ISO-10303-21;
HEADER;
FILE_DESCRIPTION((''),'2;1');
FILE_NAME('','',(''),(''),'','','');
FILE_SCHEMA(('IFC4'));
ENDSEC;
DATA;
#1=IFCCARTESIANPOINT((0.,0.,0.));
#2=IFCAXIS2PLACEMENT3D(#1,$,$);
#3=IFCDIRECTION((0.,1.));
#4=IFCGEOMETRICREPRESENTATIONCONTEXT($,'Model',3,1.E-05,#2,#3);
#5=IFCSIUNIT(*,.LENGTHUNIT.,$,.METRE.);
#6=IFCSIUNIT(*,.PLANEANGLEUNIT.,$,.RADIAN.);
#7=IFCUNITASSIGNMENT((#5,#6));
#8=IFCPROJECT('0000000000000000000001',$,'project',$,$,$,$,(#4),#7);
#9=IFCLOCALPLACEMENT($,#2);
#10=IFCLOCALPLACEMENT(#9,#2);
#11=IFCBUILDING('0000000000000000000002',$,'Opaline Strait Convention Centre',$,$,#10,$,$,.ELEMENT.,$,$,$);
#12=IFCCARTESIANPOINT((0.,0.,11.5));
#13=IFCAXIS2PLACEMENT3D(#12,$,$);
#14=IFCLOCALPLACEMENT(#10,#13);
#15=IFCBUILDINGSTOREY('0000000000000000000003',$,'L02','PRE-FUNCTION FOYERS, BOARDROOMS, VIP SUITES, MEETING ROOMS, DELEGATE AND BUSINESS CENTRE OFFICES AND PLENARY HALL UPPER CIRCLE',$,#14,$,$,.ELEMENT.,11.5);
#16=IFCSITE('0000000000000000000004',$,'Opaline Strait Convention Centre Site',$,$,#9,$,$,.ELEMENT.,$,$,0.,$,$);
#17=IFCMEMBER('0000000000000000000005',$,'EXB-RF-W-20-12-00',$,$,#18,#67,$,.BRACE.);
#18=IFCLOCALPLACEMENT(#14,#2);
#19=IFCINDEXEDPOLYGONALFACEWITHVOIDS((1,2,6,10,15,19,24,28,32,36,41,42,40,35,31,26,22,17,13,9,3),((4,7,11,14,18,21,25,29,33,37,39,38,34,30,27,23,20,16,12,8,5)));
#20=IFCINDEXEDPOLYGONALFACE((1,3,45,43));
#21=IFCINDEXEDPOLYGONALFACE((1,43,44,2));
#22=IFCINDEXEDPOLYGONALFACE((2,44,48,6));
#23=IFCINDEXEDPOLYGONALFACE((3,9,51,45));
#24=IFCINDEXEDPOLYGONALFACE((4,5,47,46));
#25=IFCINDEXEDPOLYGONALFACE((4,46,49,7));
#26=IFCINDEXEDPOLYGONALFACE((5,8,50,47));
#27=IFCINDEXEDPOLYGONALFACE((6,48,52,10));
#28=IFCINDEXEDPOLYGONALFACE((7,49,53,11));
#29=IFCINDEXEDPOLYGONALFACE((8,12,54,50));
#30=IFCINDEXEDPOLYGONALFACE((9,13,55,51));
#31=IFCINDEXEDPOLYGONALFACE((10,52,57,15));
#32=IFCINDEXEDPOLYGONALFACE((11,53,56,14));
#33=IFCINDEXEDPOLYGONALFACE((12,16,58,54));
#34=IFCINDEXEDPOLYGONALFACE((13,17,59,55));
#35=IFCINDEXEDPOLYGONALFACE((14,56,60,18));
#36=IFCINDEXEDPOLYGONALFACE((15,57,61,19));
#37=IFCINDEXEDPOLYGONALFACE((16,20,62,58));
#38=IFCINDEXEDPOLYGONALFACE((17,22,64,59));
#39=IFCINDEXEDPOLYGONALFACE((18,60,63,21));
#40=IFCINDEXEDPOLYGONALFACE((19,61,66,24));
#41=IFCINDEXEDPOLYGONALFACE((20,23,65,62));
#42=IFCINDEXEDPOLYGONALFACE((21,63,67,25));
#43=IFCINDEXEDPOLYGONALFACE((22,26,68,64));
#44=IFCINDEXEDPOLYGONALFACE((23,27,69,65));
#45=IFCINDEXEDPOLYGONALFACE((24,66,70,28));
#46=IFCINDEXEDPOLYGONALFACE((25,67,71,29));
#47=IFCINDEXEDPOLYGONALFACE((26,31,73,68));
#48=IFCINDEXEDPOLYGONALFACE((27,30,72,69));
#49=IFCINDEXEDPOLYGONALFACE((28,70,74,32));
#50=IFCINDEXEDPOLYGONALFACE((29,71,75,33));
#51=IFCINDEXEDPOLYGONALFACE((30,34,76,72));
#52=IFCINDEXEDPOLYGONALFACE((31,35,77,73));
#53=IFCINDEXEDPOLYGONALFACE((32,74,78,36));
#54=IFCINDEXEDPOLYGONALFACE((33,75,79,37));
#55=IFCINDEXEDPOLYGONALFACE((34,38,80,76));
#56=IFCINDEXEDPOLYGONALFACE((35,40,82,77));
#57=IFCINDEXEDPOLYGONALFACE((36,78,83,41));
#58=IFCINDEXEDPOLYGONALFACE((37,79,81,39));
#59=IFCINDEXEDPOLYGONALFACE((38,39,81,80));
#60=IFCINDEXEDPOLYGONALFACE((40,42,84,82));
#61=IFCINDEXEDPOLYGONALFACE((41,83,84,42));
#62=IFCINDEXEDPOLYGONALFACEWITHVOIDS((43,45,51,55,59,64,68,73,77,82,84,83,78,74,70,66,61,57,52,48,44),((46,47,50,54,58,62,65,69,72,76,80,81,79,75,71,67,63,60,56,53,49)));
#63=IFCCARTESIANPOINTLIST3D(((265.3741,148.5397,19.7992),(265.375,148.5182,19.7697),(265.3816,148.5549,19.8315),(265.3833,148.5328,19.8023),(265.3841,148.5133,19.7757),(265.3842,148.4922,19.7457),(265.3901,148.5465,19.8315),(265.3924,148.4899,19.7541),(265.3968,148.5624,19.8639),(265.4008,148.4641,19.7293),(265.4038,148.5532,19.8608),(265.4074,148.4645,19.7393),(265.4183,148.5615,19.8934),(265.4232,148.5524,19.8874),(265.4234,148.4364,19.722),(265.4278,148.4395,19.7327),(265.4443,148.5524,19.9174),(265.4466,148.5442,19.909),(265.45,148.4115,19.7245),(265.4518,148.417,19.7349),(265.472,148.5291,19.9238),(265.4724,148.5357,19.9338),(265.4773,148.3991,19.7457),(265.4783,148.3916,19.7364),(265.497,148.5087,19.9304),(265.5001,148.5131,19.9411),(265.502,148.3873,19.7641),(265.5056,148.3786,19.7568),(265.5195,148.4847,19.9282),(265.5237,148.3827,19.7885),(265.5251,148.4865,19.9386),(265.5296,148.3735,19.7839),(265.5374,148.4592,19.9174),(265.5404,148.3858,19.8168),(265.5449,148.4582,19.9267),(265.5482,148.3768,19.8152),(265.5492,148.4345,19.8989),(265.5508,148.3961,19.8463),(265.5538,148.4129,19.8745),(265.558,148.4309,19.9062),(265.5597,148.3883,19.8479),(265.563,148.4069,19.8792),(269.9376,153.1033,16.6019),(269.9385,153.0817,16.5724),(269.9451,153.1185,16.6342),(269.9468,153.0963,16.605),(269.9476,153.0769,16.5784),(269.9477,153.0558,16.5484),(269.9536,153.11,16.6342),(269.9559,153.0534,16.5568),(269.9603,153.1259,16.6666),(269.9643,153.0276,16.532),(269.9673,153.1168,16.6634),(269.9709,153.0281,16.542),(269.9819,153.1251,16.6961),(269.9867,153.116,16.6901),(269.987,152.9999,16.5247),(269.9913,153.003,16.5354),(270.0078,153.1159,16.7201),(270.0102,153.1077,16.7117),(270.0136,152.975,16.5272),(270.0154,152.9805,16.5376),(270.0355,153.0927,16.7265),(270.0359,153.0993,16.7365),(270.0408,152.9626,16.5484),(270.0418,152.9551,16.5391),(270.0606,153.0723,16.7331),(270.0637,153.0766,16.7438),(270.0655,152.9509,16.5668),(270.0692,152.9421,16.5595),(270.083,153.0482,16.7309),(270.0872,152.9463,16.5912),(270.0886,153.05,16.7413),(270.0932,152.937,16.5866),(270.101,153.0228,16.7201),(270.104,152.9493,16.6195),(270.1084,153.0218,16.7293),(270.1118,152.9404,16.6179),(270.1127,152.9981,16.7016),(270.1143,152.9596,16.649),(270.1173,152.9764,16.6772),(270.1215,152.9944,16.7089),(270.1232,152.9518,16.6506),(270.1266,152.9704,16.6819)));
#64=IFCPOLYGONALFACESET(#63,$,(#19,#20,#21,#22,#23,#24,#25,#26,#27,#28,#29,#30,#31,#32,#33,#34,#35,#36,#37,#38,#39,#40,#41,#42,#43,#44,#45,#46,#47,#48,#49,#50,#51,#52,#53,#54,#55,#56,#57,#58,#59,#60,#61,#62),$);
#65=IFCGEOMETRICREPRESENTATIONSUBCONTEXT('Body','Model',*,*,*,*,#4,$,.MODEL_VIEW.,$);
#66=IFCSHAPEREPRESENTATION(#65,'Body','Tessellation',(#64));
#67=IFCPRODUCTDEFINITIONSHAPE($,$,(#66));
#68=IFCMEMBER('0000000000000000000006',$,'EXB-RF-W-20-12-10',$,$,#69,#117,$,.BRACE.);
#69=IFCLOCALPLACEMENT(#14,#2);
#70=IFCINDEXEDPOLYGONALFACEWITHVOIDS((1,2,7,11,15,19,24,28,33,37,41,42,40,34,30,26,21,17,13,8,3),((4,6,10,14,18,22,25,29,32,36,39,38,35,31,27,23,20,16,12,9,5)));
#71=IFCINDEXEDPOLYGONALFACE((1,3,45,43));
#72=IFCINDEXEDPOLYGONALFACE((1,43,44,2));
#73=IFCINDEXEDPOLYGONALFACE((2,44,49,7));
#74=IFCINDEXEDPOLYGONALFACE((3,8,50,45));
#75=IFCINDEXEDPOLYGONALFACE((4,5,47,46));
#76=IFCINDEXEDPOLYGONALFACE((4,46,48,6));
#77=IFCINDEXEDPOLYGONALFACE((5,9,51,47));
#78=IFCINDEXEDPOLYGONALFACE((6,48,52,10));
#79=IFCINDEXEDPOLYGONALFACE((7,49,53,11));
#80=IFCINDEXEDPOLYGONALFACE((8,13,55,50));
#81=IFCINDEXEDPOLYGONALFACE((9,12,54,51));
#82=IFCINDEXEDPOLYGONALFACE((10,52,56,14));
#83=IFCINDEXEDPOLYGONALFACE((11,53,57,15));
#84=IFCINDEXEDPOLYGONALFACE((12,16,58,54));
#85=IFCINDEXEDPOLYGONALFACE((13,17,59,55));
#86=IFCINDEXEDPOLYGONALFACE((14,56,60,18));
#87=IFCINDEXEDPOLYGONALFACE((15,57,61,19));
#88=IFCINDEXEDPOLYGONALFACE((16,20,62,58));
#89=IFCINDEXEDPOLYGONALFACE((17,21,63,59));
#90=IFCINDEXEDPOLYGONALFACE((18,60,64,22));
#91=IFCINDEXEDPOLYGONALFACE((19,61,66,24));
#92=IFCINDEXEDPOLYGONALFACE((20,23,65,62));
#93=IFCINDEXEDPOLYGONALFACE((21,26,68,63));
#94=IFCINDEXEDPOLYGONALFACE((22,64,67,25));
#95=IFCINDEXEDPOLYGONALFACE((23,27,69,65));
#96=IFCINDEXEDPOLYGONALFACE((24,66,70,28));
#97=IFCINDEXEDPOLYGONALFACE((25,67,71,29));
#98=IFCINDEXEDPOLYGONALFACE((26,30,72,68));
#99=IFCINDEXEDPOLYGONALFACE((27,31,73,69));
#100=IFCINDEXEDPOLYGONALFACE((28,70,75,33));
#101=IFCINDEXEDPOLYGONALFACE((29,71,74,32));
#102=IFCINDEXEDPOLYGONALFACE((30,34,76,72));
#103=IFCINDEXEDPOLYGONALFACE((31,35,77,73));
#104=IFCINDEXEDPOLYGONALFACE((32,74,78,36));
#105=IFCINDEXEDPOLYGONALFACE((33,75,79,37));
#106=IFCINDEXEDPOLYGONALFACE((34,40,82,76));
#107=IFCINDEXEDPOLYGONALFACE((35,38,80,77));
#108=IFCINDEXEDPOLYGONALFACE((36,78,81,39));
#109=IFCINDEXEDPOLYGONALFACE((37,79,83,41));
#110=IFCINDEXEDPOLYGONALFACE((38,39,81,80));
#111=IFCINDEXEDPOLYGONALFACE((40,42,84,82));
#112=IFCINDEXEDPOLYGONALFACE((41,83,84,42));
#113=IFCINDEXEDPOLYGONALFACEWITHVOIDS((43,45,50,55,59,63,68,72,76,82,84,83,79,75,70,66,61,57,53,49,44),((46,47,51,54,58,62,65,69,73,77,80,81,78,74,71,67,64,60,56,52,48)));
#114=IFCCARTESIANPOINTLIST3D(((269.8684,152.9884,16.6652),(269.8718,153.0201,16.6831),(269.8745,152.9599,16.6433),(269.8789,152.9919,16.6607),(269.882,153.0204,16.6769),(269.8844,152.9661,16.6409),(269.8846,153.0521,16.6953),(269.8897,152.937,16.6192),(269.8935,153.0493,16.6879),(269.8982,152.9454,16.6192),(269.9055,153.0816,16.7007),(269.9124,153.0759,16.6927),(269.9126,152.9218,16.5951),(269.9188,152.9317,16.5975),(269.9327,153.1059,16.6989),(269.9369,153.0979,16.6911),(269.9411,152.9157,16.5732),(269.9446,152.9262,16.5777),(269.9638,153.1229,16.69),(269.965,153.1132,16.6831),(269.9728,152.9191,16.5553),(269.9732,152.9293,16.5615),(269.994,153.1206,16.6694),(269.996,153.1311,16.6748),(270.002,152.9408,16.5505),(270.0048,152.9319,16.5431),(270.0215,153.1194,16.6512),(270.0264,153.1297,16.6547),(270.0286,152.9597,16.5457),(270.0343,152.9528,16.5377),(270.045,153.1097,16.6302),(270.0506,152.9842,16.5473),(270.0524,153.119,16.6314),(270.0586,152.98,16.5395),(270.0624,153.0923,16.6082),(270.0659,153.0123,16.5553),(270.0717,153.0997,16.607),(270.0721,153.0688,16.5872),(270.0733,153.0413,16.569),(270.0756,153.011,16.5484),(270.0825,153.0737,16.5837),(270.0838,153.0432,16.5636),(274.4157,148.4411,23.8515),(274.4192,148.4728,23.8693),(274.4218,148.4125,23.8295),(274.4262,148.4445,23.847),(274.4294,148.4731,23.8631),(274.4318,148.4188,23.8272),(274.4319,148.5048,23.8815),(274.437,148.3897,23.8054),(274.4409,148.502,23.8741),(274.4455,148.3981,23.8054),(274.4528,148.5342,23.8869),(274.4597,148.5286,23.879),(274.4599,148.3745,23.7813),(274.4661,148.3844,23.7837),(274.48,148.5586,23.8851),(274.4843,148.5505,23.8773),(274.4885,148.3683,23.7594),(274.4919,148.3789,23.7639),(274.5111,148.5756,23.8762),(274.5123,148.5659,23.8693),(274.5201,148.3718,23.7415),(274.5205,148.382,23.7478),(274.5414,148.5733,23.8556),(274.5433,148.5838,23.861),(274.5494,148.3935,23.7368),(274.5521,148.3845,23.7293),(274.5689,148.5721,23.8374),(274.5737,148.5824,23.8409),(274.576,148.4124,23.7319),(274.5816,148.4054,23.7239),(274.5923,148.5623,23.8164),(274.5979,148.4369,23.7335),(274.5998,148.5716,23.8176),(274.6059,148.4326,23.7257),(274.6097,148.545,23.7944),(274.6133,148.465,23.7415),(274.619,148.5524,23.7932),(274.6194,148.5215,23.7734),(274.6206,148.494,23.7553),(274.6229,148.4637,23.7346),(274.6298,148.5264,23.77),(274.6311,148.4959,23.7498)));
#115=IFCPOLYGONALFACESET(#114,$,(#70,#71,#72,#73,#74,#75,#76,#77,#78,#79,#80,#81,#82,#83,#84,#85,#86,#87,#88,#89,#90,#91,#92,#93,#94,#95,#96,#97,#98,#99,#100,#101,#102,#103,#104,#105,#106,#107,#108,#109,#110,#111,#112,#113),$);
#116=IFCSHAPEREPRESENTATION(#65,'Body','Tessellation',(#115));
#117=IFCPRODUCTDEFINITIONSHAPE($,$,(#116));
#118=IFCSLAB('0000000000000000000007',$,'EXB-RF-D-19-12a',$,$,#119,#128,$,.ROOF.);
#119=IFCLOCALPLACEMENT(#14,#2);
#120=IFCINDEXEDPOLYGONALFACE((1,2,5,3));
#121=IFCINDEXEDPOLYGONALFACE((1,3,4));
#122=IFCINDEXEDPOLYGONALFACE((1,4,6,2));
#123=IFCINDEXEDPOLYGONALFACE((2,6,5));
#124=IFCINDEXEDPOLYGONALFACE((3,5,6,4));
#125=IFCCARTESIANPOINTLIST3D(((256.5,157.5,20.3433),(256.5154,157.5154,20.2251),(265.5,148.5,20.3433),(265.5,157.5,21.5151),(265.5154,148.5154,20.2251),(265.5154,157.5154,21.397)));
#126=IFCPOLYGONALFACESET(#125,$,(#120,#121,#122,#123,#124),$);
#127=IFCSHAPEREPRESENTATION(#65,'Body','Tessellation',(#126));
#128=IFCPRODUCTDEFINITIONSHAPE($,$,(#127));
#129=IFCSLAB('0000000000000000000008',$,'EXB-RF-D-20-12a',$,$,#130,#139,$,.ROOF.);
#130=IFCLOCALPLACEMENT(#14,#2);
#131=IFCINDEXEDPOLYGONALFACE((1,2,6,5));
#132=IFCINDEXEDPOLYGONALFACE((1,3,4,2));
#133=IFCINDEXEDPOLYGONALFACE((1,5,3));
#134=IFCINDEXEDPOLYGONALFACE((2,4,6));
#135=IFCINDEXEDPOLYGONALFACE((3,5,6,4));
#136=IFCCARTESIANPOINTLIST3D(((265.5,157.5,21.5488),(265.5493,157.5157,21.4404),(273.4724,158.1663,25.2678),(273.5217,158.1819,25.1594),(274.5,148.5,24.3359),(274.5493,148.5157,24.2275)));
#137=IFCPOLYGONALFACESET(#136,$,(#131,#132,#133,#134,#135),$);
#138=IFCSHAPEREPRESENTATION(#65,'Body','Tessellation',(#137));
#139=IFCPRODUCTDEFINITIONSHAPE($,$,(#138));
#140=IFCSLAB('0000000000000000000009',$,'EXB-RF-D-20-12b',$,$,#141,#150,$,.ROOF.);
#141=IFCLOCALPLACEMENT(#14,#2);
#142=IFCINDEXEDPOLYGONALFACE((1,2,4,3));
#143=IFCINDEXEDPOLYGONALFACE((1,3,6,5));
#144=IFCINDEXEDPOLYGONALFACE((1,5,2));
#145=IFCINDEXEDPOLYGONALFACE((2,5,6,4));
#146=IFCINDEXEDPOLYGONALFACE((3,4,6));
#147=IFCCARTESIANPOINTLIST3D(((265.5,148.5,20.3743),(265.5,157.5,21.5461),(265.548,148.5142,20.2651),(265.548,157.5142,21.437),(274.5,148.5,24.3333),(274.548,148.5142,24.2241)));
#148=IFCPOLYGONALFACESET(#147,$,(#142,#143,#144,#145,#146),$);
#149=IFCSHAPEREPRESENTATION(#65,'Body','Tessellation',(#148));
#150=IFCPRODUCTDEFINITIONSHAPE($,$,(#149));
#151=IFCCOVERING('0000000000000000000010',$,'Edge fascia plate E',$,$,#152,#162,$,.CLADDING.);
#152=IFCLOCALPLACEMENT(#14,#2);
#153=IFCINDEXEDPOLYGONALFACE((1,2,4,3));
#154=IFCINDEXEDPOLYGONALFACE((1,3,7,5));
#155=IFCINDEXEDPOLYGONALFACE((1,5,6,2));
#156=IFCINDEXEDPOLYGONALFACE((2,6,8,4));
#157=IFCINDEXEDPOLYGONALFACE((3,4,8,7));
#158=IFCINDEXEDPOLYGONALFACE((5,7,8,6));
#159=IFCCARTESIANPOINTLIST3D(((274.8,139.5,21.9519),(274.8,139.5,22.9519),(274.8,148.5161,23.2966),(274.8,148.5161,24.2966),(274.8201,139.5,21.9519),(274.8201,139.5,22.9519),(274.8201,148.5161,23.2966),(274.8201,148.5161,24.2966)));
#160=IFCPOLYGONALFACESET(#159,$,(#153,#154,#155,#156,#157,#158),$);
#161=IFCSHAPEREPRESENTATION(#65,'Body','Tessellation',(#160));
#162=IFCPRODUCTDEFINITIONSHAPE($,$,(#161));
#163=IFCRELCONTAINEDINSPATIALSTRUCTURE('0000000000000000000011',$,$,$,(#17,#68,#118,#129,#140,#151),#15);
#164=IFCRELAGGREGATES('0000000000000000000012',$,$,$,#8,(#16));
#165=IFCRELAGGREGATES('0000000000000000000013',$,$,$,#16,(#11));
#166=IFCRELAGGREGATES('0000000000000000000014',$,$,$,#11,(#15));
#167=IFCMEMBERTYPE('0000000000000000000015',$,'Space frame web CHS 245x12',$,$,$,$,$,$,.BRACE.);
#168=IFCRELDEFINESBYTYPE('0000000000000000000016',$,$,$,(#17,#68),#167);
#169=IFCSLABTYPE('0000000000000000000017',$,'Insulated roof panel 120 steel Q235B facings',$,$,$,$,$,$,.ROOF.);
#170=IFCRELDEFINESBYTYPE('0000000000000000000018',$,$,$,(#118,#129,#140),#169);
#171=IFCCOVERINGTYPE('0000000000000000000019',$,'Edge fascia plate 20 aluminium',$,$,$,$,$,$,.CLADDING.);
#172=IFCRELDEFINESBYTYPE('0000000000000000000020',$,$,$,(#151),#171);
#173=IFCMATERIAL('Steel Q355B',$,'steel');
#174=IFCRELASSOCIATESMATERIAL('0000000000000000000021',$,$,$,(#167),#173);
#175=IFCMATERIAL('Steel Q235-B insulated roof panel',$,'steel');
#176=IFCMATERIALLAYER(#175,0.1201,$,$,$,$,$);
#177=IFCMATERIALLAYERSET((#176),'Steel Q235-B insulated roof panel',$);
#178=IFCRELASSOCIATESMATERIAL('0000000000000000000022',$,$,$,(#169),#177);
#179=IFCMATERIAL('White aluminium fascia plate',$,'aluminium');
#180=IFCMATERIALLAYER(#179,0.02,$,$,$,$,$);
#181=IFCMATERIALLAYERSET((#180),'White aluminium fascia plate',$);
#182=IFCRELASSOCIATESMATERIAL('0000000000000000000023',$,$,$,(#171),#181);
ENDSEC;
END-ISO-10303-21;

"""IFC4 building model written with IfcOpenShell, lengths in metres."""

from ifc_helpers import new_model, si_unit, direction, frame, origin, origin_2d, place, context, subcontext, project, spatial, polyline, hollow_circle, outline, extrude, material, layer, layer_set, material_profile, profile_set, type_object, element, save


model = new_model("IFC4")

# Units and contexts
model_context = context("Model", 3, precision=1e-05, world=origin(), true_north=direction((0.0, 1.0)))
body_context = subcontext(model_context, "Body", "Model", "MODEL_VIEW")
ifc_project = project(units=[si_unit("LENGTHUNIT", "METRE"), si_unit("PLANEANGLEUNIT", "RADIAN")], contexts=[model_context])

# Site, building, storey
site_placement = place(None, origin())
site = spatial("IfcSite", under=ifc_project, at=site_placement, Name="Opaline Strait Convention Centre Site", CompositionType="ELEMENT", RefElevation=0.0)
building_placement = place(site_placement, origin())
building = spatial("IfcBuilding", under=site, at=building_placement, Name="Opaline Strait Convention Centre", CompositionType="ELEMENT")
storey_placement = place(building_placement, frame((0.0, 0.0, 11.5)))
storey = spatial("IfcBuildingStorey", under=building, at=storey_placement, Name="L02", Description="PRE-FUNCTION FOYERS, BOARDROOMS, VIP SUITES, MEETING ROOMS, DELEGATE AND BUSINESS CENTRE OFFICES AND PLENARY HALL UPPER CIRCLE", CompositionType="ELEMENT", Elevation=11.5)

# Members
ifc_material_1 = material(Name="Steel Q355B", Category="steel")
ifc_material_profile_1 = material_profile(ifc_material_1, hollow_circle(Radius=0.1226, WallThickness=0.012, at=origin_2d()), Name="CHS 245x12")
ifc_profile_set_1 = profile_set([ifc_material_profile_1], Name="Steel Q355B")
member_type_1 = type_object("IfcMemberType", Name="Space frame web CHS 245x12", PredefinedType="BRACE", material=ifc_profile_set_1)
member_1_placement = place(storey_placement, frame((265.4683, 148.4683, 19.8315), z_axis=(0.633614, 0.633614, -0.443923), x_axis=(-0.707107, 0.707107, 0.0)))
element("IfcMember", 1, at=member_1_placement, inside=storey, type_object=member_type_1, Name="EXB-RF-W-20-12-00", PredefinedType="BRACE", context=body_context, shape_type="SweptSolid", body=[
    extrude(hollow_circle(Radius=0.1226, WallThickness=0.012, at=origin_2d()), origin(), (0.0, 0.0, 1.0), 7.2024),
])
member_2_placement = place(storey_placement, frame((274.5237, 148.4763, 23.8054), z_axis=(-0.471541, 0.471541, -0.745184), x_axis=(-0.707107, -0.707107, 0.0)))
element("IfcMember", 2, at=member_2_placement, inside=storey, type_object=member_type_1, Name="EXB-RF-W-20-12-10", PredefinedType="BRACE", context=body_context, shape_type="SweptSolid", body=[
    extrude(hollow_circle(Radius=0.1226, WallThickness=0.012, at=origin_2d()), origin(), (0.0, 0.0, 1.0), 9.6436),
])

# Slabs
ifc_material_2 = material(Name="Steel Q235-B insulated roof panel", Category="steel")
ifc_layer_1 = layer(ifc_material_2, 0.1201)
ifc_layer_set_1 = layer_set([ifc_layer_1], Name="Steel Q235-B insulated roof panel")
slab_type = type_object("IfcSlabType", Name="Insulated roof panel 120 steel Q235B facings", PredefinedType="ROOF", material=ifc_layer_set_1)
slab_1_placement = place(storey_placement, frame((265.5, 148.5, 20.3433), z_axis=(-0.128055, -0.128055, 0.983465), x_axis=(0.0, 0.991629, 0.129118)))
element("IfcSlab", 3, at=slab_1_placement, inside=storey, type_object=slab_type, Name="EXB-RF-D-19-12a", PredefinedType="ROOF", context=body_context, shape_type="SweptSolid", body=[
    extrude(outline(polyline([(0.0, 0.0), (9.076, 0.0), (8.9247, 9.0747), (0.0, 0.0)])), origin(), (0.0, 0.0, -1.0), 0.1201),
])
slab_2_placement = place(storey_placement, frame((274.5, 148.5, 24.3359), z_axis=(-0.410141, -0.130619, 0.90262), x_axis=(-0.105229, 0.989859, 0.095428)))
element("IfcSlab", 4, at=slab_2_placement, inside=storey, type_object=slab_type, Name="EXB-RF-D-20-12a", PredefinedType="ROOF", context=body_context, shape_type="SweptSolid", body=[
    extrude(outline(polyline([(0.0, 0.0), (9.7653, 0.0), (9.5898, 8.8206), (0.0, 0.0)])), origin(), (0.0, 0.0, -1.0), 0.1201),
])
slab_3_placement = place(storey_placement, frame((265.5, 148.5, 20.3743), z_axis=(-0.399822, -0.118349, 0.90892), x_axis=(0.915353, 0.0, 0.402652)))
element("IfcSlab", 5, at=slab_3_placement, inside=storey, type_object=slab_type, Name="EXB-RF-D-20-12b", PredefinedType="ROOF", context=body_context, shape_type="SweptSolid", body=[
    extrude(outline(polyline([(0.0, 0.0), (9.8323, 0.0), (0.4719, 9.0637), (0.0, 0.0)])), origin(), (0.0, 0.0, -1.0), 0.1201),
])

# Covering
ifc_material_3 = material(Name="White aluminium fascia plate", Category="aluminium")
ifc_layer_2 = layer(ifc_material_3, 0.02)
ifc_layer_set_2 = layer_set([ifc_layer_2], Name="White aluminium fascia plate")
covering_type = type_object("IfcCoveringType", Name="Edge fascia plate 20 aluminium", PredefinedType="CLADDING", material=ifc_layer_set_2)
covering_placement = place(storey_placement, frame((274.8, 144.0081, 23.1243), z_axis=(1.0, 0.0, 0.0), x_axis=(0.0, 1.0, 0.0)))
element("IfcCovering", 6, at=covering_placement, inside=storey, type_object=covering_type, Name="Edge fascia plate E", PredefinedType="CLADDING", context=body_context, shape_type="SweptSolid", body=[
    extrude(outline(polyline([(-4.5081, -0.1724), (4.5081, 1.1724), (4.5081, 0.1724), (-4.5081, -1.1724), (-4.5081, -0.1724)])), origin(), (0.0, 0.0, 1.0), 0.02),
])

save(model, "model.ifc")
